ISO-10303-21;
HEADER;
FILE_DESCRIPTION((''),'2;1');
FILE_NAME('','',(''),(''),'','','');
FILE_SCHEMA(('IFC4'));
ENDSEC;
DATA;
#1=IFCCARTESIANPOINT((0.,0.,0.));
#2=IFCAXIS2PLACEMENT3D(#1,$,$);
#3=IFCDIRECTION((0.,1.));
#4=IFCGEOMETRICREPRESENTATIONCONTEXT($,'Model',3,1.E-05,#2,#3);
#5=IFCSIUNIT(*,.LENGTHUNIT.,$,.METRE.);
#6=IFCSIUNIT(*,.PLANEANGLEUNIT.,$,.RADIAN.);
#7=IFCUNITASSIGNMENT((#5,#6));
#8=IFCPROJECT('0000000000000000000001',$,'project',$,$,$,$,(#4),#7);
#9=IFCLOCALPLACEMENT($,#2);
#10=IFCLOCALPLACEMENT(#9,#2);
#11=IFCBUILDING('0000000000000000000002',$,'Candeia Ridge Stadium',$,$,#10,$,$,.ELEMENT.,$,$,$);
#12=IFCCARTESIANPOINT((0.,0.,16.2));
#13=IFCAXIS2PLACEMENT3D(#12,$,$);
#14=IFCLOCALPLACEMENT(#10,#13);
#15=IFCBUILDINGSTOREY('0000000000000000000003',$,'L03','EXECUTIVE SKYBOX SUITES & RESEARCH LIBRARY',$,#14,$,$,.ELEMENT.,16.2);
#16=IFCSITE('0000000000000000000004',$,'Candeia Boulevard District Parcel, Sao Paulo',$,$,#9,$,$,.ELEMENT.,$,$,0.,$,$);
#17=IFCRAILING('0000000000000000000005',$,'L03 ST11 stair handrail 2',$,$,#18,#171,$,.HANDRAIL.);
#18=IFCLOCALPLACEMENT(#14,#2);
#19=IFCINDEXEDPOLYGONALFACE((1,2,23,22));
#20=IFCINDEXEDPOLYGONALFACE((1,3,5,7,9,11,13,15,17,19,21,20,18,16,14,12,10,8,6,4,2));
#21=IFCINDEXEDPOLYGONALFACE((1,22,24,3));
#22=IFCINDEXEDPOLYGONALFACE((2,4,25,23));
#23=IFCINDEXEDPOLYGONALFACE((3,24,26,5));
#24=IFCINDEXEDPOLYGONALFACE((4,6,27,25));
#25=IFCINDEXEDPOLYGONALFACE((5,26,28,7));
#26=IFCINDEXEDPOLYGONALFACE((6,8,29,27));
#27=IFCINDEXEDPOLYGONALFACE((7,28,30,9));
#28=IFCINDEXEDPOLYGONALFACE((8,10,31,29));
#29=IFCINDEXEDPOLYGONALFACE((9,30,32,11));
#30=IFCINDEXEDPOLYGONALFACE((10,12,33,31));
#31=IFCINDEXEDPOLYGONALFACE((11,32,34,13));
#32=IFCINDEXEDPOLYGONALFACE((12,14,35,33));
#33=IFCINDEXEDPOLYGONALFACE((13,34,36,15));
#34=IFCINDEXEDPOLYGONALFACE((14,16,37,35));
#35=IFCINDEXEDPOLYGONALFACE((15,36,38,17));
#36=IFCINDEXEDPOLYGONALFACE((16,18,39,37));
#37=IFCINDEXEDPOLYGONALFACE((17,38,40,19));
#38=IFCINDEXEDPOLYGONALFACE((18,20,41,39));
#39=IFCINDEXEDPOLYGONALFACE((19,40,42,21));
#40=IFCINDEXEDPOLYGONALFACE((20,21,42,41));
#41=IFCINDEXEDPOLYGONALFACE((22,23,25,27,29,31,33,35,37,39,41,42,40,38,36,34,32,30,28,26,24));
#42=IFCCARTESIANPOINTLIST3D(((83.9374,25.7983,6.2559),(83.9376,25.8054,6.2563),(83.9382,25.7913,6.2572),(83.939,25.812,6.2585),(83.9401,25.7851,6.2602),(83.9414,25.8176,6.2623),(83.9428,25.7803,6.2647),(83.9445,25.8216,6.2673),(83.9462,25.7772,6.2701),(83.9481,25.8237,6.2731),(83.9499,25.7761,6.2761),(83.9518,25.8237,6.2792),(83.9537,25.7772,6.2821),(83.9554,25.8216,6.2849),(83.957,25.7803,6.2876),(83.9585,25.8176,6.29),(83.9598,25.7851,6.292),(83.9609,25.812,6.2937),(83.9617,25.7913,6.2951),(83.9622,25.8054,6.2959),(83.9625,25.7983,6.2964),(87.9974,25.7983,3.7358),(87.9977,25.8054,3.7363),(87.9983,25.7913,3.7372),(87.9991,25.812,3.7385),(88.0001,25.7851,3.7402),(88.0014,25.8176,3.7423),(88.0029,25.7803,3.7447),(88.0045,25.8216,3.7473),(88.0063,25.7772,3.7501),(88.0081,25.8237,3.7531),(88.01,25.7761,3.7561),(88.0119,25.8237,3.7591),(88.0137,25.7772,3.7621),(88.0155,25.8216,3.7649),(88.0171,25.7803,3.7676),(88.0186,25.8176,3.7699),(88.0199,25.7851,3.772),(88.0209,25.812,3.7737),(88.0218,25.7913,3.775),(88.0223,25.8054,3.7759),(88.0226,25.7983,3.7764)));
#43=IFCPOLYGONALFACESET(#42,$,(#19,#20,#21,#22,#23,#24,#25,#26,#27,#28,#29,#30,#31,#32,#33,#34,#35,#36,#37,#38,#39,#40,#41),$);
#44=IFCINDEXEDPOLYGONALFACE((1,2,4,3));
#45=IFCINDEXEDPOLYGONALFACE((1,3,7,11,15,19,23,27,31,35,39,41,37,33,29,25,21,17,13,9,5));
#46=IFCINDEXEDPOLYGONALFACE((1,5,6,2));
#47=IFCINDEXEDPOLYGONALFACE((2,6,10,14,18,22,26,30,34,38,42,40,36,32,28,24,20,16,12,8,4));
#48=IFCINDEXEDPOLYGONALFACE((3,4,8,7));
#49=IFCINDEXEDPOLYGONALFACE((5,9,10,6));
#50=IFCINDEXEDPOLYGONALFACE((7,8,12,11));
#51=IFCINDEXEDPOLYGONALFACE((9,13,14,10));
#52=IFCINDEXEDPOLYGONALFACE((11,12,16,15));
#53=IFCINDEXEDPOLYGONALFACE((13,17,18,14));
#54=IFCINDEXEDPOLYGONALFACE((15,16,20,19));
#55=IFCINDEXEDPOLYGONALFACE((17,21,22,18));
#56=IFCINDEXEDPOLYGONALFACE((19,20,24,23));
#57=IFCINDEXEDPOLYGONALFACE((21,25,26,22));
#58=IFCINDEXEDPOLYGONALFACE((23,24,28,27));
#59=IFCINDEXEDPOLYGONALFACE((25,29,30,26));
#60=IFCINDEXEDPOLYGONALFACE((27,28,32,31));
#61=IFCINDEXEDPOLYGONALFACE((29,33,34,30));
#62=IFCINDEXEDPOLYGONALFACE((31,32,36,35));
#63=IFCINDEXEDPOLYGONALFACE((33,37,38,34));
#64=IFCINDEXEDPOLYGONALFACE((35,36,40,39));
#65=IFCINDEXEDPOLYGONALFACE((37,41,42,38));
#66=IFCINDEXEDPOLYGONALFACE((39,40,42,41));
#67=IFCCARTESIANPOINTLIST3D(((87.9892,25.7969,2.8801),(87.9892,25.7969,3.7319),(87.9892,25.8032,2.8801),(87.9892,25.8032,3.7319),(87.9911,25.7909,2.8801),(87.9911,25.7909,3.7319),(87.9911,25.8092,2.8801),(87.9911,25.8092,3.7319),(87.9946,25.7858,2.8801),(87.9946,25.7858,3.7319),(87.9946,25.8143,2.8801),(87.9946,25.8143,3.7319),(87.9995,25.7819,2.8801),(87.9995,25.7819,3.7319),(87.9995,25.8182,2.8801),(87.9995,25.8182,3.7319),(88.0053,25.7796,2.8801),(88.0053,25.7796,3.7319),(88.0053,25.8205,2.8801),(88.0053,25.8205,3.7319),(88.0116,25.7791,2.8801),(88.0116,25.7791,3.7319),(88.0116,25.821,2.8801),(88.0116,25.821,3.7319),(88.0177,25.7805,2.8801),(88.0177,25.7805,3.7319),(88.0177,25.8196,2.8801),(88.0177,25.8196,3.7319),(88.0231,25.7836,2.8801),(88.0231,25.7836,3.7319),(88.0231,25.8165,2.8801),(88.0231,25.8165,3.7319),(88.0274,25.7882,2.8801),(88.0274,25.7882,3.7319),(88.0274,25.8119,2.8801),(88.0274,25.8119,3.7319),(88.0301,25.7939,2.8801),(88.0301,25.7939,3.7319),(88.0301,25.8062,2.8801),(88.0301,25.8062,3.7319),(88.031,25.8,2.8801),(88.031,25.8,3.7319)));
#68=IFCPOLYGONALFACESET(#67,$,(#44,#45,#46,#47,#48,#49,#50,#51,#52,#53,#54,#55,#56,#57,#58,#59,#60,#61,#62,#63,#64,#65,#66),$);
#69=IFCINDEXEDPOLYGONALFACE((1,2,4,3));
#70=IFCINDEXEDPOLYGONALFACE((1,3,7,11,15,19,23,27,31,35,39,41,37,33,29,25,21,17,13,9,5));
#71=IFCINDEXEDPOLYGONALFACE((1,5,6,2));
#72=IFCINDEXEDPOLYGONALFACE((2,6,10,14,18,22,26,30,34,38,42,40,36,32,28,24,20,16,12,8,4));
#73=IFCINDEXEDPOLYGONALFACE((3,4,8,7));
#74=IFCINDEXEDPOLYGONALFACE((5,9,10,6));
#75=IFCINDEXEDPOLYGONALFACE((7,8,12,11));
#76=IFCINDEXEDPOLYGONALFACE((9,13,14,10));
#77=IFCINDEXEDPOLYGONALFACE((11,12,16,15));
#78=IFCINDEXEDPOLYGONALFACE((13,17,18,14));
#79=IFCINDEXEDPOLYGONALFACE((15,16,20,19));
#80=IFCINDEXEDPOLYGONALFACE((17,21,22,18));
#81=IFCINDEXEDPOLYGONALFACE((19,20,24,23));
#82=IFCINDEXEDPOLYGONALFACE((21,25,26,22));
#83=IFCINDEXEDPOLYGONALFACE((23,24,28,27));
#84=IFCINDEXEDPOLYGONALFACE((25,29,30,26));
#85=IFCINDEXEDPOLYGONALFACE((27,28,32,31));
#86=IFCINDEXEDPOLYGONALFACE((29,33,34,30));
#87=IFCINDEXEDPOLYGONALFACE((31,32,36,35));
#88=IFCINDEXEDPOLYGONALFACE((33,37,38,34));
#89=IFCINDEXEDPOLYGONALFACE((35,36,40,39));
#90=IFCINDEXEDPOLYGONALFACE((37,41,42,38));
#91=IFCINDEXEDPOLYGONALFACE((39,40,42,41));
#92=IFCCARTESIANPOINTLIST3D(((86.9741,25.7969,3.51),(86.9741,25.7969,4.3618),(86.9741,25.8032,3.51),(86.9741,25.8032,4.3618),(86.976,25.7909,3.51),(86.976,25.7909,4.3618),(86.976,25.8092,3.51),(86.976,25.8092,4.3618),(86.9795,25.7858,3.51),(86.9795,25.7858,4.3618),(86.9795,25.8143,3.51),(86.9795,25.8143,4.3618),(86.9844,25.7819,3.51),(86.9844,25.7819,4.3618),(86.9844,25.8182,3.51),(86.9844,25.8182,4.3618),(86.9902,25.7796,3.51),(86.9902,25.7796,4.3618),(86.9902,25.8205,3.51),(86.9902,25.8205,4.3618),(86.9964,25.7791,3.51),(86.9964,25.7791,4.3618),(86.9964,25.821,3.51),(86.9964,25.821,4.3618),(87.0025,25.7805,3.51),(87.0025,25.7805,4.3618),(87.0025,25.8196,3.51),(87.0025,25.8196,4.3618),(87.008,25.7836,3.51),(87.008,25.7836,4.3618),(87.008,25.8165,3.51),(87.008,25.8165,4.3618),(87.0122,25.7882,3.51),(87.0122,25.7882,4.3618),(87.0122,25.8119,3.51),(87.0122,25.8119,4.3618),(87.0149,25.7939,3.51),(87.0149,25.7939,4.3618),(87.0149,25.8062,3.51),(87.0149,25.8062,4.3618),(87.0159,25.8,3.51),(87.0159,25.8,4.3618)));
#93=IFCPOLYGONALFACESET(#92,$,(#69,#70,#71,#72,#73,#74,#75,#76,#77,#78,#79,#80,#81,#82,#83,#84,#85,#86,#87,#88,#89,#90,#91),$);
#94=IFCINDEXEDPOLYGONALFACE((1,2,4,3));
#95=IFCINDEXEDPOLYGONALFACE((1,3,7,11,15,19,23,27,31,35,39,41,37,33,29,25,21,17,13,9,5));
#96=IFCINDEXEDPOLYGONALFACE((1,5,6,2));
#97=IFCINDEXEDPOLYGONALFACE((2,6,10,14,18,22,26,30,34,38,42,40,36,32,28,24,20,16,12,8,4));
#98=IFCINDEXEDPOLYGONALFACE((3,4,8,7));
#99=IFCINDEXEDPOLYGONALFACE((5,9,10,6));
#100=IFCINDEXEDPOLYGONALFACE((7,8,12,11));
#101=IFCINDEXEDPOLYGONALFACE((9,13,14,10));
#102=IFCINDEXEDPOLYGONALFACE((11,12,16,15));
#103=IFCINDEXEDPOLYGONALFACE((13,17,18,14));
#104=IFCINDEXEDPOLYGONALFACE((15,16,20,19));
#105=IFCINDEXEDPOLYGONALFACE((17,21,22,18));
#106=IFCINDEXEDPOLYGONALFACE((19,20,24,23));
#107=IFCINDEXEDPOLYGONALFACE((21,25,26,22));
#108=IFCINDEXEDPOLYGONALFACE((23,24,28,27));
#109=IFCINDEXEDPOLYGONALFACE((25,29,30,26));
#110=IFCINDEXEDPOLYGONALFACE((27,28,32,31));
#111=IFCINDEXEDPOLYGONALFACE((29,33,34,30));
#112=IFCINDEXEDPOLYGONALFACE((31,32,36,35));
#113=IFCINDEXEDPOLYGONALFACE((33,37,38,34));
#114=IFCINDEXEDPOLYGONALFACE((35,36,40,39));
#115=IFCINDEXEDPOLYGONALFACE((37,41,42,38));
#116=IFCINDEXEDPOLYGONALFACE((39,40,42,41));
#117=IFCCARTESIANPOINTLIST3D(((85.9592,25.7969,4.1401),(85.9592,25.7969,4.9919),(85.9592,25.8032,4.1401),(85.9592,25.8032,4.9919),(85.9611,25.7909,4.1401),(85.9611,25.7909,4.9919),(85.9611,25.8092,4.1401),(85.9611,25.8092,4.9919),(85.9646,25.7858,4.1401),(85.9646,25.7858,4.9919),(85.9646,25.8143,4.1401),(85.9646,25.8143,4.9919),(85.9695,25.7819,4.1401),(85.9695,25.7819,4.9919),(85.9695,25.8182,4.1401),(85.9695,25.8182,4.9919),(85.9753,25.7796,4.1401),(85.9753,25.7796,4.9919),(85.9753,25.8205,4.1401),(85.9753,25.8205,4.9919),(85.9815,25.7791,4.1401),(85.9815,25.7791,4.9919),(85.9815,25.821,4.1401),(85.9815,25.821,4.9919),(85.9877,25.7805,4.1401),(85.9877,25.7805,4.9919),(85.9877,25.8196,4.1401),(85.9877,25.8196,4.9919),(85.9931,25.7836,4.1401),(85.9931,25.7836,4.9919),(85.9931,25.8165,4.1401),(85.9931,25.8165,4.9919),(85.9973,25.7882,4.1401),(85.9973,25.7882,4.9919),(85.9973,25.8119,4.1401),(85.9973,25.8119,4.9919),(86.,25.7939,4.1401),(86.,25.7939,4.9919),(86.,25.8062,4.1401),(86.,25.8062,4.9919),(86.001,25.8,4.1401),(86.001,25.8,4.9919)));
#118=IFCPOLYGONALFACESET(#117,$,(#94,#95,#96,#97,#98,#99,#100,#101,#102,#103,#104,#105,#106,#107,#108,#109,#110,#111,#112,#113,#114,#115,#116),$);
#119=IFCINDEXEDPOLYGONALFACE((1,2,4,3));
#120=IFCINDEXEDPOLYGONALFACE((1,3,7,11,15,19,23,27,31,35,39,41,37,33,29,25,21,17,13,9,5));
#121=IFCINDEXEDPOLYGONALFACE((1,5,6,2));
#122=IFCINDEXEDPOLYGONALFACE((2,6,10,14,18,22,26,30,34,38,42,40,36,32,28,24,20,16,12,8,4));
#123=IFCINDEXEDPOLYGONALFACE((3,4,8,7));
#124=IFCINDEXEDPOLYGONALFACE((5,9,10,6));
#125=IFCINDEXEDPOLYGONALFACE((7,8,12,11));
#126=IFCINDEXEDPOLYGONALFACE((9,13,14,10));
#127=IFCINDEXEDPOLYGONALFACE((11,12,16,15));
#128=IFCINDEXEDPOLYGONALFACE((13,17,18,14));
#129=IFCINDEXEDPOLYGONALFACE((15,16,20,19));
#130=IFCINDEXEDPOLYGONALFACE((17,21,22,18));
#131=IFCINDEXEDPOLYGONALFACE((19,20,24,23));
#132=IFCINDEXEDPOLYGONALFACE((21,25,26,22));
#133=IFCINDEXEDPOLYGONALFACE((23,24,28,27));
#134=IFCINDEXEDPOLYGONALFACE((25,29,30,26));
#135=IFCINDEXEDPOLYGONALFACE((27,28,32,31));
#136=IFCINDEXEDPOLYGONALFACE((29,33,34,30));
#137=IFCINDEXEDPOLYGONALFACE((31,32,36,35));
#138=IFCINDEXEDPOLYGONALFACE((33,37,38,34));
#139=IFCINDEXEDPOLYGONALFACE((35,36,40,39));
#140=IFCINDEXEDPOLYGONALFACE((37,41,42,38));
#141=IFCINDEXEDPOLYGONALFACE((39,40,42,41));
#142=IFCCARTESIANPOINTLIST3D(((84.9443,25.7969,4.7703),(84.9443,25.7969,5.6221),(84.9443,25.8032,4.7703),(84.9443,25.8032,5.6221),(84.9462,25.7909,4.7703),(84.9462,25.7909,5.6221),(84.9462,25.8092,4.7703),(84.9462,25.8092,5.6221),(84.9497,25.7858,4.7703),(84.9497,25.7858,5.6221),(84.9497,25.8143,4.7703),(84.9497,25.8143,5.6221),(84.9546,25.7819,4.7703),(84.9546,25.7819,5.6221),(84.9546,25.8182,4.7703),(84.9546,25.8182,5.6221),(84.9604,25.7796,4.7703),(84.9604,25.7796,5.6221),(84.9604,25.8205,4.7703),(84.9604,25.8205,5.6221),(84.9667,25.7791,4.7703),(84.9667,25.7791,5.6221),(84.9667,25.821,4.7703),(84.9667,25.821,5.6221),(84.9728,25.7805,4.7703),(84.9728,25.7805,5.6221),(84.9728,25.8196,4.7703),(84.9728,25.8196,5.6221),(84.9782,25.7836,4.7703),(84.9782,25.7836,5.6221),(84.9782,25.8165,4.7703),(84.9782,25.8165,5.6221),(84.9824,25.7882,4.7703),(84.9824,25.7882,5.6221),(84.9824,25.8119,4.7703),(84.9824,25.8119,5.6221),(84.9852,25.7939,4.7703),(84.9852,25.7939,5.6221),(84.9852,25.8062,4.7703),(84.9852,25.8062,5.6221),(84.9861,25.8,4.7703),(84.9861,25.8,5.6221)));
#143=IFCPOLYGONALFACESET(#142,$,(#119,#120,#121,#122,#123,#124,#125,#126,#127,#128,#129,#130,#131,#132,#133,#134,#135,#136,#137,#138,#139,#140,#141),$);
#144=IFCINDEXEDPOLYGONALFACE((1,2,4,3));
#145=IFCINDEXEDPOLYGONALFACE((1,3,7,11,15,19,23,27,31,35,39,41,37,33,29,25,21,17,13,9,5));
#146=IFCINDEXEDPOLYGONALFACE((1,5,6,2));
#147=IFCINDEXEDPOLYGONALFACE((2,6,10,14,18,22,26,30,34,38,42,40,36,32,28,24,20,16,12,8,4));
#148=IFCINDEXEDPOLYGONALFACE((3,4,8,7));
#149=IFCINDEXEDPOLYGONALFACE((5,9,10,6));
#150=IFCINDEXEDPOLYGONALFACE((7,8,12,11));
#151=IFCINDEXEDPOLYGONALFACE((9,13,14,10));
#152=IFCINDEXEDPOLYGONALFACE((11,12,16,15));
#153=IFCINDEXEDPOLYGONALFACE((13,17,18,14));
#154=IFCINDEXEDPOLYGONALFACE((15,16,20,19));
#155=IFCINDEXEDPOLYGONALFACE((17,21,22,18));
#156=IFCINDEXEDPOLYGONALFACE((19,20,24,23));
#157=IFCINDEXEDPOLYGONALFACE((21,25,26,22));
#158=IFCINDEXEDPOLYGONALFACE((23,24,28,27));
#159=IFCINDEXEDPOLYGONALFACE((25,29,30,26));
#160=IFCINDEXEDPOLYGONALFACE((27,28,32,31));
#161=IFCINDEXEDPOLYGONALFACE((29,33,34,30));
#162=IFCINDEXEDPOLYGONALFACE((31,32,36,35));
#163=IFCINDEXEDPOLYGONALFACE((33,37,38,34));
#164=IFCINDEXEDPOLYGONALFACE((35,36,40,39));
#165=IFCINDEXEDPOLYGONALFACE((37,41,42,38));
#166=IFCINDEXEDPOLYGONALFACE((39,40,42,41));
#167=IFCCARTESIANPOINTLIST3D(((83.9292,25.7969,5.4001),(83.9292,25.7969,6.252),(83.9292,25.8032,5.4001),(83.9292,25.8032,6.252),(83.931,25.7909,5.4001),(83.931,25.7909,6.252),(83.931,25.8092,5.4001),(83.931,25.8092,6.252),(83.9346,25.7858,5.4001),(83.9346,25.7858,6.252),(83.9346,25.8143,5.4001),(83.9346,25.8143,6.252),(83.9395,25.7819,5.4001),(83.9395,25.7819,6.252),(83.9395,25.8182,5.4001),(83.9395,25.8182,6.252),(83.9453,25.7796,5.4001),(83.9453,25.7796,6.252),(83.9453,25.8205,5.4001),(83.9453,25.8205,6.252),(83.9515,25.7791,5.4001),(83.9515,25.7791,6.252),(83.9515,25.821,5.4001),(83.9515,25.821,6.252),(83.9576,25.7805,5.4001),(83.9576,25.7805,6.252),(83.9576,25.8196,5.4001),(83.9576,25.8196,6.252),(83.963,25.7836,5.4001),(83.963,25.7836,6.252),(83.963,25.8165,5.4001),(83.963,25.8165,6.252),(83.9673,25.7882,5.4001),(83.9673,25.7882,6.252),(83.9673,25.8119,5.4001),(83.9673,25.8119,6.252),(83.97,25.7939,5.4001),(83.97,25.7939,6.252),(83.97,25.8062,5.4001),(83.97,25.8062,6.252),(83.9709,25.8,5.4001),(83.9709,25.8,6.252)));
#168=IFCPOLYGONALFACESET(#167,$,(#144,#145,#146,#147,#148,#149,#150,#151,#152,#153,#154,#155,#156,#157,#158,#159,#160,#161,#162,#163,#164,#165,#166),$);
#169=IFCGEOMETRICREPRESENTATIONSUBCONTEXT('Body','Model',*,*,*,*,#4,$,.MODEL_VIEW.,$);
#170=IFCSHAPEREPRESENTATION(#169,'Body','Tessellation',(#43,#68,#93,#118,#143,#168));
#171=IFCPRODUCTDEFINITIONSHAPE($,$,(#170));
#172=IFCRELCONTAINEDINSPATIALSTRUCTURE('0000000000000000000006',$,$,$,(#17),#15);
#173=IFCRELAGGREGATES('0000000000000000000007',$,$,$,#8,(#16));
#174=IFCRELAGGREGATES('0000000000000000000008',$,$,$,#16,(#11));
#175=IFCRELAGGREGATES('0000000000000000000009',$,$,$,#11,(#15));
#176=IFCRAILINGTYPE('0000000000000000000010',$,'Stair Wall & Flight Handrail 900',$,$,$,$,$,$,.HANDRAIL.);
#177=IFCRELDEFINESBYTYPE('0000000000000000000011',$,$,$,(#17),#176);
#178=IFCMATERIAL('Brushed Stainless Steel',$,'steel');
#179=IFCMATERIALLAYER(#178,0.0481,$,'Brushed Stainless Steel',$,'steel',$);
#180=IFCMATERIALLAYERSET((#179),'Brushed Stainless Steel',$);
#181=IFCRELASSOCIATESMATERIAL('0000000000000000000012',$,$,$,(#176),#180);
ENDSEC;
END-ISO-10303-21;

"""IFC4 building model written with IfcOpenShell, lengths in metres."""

from ifc_helpers import new_model, si_unit, direction, frame, origin, origin_2d, place, context, subcontext, project, spatial, circle, extrude, material, layer, layer_set, type_object, element, save


model = new_model("IFC4")

# Units and contexts
model_context = context("Model", 3, precision=1e-05, world=origin(), true_north=direction((0.0, 1.0)))
body_context = subcontext(model_context, "Body", "Model", "MODEL_VIEW")
ifc_project = project(units=[si_unit("LENGTHUNIT", "METRE"), si_unit("PLANEANGLEUNIT", "RADIAN")], contexts=[model_context])

# Site, building, storey
site_placement = place(None, origin())
site = spatial("IfcSite", under=ifc_project, at=site_placement, Name="Candeia Boulevard District Parcel, Sao Paulo", CompositionType="ELEMENT", RefElevation=0.0)
building_placement = place(site_placement, origin())
building = spatial("IfcBuilding", under=site, at=building_placement, Name="Candeia Ridge Stadium", CompositionType="ELEMENT")
storey_placement = place(building_placement, frame((0.0, 0.0, 16.2)))
storey = spatial("IfcBuildingStorey", under=building, at=storey_placement, Name="L03", Description="EXECUTIVE SKYBOX SUITES & RESEARCH LIBRARY", CompositionType="ELEMENT", Elevation=16.2)

# Railing
ifc_material_1 = material(Name="Brushed Stainless Steel", Category="steel")
ifc_layer_1 = layer(ifc_material_1, 0.0481, Name="Brushed Stainless Steel", Category="steel")
ifc_layer_set_1 = layer_set([ifc_layer_1], Name="Brushed Stainless Steel")
railing_type_1 = type_object("IfcRailingType", Name="Stair Wall & Flight Handrail 900", PredefinedType="HANDRAIL", material=ifc_layer_set_1)
railing_1_placement = place(storey_placement, frame((88.01, 25.8, 2.8801)))
element("IfcRailing", 1, at=railing_1_placement, inside=storey, type_object=railing_type_1, Name="L03 ST11 stair handrail 2", PredefinedType="HANDRAIL", context=body_context, shape_type="SweptSolid", body=[
    extrude(circle(Radius=0.0239, at=origin_2d()), frame((0.0, 0.0, 0.876), z_axis=(-0.849642, 0.0, 0.52736), x_axis=(0.0, -1.0, 0.0)), (0.0, 0.0, 1.0), 4.7786),
    extrude(circle(Radius=0.021, at=origin_2d()), origin(), (0.0, 0.0, 1.0), 0.8518),
    extrude(circle(Radius=0.021, at=origin_2d()), frame((-1.0151, 0.0, 0.6299)), (0.0, 0.0, 1.0), 0.8518),
    extrude(circle(Radius=0.021, at=origin_2d()), frame((-2.03, 0.0, 1.26)), (0.0, 0.0, 1.0), 0.8518),
    extrude(circle(Radius=0.021, at=origin_2d()), frame((-3.0449, 0.0, 1.8901)), (0.0, 0.0, 1.0), 0.8518),
    extrude(circle(Radius=0.021, at=origin_2d()), frame((-4.0601, 0.0, 2.52)), (0.0, 0.0, 1.0), 0.8518),
])

save(model, "model.ifc")
